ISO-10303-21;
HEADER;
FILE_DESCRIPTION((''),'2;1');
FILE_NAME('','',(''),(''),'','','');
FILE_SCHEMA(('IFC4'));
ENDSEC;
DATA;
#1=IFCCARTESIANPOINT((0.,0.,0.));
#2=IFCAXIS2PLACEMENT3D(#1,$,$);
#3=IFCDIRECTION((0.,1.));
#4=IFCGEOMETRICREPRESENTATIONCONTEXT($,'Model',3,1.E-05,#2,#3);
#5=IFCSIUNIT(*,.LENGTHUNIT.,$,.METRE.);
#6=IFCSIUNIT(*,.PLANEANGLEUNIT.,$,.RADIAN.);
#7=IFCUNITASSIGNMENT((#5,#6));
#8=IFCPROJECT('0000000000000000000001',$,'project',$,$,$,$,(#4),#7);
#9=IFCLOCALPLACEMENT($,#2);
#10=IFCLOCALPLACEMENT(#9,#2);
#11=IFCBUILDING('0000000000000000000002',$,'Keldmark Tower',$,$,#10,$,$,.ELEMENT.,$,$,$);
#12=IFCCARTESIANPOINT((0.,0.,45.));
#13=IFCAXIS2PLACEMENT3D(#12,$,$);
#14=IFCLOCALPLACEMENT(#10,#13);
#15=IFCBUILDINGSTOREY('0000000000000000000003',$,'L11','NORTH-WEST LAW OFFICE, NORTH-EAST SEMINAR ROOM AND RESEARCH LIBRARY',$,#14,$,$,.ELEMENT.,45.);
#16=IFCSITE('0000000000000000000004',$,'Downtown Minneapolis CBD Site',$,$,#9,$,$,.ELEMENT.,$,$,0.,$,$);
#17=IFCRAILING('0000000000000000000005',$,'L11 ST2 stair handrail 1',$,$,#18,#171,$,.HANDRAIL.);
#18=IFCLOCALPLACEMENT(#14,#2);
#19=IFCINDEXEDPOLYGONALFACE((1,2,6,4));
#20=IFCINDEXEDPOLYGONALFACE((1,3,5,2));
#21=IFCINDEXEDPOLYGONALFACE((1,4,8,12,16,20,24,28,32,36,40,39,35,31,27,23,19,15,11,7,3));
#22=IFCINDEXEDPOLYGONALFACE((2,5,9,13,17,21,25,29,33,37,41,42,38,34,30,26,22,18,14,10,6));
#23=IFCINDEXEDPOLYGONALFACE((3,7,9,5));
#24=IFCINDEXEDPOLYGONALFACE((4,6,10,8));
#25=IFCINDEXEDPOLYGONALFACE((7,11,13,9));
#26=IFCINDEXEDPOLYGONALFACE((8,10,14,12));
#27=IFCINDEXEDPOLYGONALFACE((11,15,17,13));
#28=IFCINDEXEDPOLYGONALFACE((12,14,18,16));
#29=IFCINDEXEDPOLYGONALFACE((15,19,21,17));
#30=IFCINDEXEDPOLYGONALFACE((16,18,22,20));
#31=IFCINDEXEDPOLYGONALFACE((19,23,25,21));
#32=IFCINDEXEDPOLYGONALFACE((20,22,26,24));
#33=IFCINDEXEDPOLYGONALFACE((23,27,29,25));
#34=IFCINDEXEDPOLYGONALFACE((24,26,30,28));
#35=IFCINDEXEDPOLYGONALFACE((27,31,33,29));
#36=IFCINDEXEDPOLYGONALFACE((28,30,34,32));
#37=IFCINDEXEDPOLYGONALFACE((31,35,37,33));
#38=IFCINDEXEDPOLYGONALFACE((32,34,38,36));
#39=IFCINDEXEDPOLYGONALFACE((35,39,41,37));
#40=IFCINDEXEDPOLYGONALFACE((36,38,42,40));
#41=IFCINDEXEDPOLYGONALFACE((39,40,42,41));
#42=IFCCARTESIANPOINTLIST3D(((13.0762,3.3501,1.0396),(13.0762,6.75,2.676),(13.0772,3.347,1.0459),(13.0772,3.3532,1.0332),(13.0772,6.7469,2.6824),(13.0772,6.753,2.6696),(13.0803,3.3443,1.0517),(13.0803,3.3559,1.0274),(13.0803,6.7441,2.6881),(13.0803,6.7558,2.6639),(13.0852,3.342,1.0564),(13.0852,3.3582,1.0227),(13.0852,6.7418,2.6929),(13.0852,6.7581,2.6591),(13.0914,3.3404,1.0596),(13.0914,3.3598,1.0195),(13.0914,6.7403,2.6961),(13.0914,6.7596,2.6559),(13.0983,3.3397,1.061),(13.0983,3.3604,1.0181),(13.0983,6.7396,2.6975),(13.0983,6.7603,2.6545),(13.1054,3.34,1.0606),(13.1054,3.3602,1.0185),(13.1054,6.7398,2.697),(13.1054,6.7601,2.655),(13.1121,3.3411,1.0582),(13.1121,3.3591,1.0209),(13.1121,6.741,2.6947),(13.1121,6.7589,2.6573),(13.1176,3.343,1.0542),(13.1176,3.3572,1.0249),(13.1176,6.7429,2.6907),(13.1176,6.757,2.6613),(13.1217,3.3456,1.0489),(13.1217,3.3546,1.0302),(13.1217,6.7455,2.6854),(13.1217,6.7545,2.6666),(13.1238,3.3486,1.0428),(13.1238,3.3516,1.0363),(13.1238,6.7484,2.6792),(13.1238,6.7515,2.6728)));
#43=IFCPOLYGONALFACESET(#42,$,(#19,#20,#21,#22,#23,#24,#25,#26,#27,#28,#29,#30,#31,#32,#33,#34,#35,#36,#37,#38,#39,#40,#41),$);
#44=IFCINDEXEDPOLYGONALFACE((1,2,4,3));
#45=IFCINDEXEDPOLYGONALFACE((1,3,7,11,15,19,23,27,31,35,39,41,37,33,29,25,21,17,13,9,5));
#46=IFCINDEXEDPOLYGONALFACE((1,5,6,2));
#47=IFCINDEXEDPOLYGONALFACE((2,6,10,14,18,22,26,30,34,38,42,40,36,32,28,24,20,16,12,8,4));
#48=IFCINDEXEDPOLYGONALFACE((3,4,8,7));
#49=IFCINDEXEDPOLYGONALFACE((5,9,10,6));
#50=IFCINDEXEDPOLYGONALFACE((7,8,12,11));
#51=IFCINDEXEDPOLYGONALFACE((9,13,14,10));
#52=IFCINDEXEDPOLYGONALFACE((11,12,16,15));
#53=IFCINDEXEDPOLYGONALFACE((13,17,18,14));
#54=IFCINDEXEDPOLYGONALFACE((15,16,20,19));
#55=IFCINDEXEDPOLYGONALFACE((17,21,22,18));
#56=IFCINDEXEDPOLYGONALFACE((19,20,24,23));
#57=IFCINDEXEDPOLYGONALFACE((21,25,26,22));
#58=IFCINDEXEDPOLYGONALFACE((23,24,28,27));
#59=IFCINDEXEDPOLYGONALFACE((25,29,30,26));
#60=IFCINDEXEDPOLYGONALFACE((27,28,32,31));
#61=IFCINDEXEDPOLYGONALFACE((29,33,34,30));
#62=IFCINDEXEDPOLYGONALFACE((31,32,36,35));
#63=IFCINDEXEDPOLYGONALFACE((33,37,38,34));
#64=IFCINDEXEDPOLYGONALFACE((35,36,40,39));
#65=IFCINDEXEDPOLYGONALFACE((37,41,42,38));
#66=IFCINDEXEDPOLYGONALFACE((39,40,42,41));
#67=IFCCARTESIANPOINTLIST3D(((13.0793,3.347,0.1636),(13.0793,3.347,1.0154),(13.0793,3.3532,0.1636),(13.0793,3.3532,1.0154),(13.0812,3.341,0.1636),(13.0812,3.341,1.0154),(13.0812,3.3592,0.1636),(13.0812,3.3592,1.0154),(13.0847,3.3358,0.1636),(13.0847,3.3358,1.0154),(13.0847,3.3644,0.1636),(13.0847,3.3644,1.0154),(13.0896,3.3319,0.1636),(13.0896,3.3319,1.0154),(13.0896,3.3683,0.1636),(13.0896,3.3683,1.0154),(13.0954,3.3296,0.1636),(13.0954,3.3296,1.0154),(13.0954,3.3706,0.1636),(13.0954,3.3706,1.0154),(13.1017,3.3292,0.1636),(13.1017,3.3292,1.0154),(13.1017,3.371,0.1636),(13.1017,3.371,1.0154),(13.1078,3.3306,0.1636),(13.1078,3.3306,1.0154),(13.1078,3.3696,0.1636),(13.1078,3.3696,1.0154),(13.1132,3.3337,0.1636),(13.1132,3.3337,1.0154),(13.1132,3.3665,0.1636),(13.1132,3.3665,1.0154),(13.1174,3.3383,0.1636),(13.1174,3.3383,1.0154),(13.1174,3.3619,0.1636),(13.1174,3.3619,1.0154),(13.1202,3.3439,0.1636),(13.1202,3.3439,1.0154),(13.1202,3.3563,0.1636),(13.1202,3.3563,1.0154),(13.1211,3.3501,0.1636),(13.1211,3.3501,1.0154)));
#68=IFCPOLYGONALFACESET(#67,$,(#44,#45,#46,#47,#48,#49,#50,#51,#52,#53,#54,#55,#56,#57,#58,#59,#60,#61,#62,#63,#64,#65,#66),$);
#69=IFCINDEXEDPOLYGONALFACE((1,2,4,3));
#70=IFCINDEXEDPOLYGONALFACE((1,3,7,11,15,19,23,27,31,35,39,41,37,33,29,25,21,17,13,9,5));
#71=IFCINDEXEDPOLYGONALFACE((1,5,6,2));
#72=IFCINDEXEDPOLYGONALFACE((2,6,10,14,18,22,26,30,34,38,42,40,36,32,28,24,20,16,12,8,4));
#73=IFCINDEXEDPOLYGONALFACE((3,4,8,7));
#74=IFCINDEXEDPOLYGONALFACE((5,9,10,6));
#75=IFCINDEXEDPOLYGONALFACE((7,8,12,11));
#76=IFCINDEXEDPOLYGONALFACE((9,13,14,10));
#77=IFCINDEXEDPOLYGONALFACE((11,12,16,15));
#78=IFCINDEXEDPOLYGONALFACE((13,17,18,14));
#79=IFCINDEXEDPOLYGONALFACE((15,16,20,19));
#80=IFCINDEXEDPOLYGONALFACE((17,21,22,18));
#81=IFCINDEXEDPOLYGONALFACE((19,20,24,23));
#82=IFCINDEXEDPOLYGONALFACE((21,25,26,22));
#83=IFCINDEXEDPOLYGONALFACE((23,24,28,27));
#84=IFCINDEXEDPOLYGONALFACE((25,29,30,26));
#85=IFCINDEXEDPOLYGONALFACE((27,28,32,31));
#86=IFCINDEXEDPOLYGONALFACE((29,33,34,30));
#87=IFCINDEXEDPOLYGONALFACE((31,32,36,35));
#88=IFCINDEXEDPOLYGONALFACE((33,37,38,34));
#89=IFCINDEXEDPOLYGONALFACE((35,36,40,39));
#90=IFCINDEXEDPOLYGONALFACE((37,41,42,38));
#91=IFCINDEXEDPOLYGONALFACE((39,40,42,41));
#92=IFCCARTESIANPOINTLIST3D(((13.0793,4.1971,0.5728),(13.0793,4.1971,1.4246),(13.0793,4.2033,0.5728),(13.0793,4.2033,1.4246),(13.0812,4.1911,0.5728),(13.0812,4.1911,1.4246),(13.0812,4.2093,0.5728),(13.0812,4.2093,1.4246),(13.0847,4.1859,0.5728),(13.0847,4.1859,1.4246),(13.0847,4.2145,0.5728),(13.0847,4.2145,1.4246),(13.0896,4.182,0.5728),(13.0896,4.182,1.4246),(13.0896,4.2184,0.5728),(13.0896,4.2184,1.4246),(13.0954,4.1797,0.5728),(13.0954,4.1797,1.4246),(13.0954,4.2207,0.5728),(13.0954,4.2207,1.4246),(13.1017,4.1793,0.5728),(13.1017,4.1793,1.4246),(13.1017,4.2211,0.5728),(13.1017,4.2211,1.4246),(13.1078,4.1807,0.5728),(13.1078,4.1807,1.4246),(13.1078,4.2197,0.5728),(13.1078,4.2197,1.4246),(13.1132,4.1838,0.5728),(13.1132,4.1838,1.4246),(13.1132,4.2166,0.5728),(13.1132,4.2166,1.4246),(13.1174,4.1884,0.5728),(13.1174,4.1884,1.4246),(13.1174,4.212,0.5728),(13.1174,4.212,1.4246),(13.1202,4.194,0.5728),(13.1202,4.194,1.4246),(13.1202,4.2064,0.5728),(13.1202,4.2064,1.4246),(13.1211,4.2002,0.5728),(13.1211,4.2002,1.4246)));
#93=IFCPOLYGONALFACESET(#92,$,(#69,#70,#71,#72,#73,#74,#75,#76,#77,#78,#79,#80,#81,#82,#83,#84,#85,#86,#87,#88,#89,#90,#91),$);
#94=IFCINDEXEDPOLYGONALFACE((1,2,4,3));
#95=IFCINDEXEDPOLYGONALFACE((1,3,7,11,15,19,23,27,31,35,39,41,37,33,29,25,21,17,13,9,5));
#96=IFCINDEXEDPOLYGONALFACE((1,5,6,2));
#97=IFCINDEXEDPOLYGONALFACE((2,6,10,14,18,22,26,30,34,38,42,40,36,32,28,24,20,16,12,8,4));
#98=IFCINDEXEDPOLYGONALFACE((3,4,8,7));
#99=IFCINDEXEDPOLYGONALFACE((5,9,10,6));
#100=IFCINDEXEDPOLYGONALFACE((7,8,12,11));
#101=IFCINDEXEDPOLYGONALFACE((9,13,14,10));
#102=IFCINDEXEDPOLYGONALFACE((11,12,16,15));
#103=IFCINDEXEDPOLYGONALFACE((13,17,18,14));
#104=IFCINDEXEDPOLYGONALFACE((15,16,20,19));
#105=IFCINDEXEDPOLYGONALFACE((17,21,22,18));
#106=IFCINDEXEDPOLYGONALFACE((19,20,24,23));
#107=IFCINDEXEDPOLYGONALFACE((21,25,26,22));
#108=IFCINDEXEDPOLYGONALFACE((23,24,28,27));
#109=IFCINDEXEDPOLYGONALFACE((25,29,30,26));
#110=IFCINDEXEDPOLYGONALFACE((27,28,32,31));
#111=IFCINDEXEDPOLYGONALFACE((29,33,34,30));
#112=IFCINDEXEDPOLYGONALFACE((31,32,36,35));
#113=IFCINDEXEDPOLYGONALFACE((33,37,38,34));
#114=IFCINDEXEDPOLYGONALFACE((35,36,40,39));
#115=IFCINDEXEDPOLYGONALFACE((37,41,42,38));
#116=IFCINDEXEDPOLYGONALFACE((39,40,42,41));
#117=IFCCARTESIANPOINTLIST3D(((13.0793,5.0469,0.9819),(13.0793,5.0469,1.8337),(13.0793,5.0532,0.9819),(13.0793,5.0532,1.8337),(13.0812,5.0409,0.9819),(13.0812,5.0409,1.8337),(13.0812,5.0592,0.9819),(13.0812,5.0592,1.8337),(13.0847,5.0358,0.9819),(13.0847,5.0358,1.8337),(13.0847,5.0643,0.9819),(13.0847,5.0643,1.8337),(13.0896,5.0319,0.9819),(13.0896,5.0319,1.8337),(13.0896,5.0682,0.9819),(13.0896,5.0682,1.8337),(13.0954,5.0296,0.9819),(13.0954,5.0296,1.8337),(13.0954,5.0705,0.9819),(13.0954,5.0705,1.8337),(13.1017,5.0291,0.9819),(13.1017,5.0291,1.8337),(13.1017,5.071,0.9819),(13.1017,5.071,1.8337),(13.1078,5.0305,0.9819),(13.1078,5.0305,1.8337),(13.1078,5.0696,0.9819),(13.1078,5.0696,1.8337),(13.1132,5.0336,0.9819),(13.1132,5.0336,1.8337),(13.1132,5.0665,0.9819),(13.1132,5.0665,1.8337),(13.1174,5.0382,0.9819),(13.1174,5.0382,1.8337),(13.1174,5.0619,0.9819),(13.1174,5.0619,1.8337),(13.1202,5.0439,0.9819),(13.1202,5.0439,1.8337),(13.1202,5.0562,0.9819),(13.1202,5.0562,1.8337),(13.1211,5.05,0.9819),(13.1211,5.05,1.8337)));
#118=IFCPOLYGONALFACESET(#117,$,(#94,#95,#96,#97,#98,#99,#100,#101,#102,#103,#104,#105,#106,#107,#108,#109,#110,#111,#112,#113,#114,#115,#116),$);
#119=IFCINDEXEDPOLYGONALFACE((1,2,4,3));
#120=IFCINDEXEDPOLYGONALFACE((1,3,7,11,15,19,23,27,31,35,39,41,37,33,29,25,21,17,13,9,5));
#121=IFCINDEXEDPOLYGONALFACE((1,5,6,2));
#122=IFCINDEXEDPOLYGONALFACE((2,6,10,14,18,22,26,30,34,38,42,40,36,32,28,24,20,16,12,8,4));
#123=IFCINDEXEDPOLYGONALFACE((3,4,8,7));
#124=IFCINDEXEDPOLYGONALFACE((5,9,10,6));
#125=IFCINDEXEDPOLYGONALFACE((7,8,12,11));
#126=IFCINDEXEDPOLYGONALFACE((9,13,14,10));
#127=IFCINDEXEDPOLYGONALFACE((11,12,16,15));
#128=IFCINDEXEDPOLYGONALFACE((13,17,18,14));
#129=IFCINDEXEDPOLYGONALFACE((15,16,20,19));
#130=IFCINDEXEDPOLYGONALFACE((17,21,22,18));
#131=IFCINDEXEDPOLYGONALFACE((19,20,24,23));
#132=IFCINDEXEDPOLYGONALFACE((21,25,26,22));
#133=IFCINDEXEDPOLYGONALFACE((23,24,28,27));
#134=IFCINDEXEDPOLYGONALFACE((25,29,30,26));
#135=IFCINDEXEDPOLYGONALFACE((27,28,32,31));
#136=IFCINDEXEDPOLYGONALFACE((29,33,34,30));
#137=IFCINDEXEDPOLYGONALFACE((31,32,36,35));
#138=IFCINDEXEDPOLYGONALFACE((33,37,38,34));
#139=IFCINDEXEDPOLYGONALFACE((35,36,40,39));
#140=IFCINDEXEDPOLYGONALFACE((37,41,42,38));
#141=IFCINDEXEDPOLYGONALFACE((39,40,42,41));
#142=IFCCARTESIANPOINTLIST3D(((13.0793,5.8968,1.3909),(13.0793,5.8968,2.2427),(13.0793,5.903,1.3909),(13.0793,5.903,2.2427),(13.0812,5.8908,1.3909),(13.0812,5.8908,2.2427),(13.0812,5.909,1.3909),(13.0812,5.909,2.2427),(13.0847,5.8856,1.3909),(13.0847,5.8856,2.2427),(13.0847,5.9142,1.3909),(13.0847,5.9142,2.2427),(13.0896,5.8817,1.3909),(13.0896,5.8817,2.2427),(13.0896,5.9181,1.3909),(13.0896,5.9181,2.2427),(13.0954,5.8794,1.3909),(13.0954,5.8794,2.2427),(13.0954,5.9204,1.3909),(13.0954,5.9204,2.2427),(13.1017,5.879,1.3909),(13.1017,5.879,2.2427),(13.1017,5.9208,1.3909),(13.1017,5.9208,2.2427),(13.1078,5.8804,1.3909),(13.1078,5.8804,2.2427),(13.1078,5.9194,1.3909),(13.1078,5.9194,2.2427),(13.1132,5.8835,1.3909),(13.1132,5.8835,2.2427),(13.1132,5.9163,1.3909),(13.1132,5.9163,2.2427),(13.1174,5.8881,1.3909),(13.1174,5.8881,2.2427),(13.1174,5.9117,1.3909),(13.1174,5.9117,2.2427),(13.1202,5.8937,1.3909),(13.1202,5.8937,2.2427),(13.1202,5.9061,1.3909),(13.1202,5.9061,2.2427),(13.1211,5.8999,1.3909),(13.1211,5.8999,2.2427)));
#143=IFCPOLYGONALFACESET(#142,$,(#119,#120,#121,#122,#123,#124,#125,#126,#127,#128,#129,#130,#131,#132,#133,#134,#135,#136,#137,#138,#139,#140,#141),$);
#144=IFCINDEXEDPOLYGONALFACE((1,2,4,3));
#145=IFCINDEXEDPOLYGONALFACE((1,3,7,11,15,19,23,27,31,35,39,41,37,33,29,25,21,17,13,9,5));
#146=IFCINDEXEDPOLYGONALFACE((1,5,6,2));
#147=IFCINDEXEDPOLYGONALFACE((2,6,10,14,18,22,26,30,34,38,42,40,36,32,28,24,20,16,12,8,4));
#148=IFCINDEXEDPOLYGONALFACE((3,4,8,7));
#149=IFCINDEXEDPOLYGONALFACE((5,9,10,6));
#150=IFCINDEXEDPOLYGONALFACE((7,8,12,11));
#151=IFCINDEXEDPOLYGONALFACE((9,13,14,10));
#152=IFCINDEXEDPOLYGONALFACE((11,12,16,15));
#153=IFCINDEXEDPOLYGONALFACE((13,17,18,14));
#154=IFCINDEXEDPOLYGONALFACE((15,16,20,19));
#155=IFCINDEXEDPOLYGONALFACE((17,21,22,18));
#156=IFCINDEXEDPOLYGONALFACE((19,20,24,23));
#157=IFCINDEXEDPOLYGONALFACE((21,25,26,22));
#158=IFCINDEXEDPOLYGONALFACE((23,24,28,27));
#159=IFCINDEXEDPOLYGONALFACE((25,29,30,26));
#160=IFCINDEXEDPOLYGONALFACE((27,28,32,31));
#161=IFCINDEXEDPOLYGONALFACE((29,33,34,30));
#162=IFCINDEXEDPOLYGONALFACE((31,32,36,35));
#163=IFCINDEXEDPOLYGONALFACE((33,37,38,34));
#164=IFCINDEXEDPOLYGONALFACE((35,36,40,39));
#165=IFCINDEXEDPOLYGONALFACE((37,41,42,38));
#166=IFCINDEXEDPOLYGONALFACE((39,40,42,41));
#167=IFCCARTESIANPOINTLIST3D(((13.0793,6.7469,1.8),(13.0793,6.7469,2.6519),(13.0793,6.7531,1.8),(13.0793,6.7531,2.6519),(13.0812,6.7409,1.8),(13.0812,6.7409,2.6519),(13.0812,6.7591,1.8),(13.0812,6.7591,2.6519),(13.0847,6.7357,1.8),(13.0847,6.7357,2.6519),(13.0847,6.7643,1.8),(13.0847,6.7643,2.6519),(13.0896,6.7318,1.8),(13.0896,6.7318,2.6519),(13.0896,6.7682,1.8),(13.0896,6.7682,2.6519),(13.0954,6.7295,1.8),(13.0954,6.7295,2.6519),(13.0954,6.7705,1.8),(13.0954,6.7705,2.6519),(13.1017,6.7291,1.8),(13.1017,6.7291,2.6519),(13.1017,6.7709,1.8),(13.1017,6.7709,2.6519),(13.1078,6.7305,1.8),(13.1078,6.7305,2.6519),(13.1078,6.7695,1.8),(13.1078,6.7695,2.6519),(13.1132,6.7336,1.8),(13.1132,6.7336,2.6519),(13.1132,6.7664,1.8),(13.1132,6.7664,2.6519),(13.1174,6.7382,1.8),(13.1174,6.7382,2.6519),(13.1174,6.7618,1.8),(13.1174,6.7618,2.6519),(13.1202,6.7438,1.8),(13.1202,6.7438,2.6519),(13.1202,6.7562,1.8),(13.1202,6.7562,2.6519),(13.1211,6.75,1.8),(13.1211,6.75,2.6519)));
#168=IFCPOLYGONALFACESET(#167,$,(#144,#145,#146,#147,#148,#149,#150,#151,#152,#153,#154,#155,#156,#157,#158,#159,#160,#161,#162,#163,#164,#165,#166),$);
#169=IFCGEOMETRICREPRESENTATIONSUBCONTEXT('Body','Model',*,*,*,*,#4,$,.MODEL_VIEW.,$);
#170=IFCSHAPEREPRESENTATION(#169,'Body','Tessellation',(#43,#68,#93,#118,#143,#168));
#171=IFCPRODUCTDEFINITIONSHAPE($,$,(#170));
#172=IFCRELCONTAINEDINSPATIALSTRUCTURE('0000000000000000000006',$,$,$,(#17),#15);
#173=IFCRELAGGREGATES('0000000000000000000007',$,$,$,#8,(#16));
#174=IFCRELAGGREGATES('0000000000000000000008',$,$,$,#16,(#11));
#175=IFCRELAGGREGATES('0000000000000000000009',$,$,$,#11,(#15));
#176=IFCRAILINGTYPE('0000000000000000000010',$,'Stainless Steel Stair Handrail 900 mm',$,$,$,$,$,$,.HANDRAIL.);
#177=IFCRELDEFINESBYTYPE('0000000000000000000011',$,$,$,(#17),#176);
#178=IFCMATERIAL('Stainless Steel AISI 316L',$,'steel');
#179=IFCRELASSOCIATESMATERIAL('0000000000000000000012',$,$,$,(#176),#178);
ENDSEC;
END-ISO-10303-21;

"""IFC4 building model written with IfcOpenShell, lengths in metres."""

from ifc_helpers import new_model, si_unit, direction, frame, origin, origin_2d, place, context, subcontext, project, spatial, circle, extrude, material, type_object, element, save


model = new_model("IFC4")

# Units and contexts
model_context = context("Model", 3, precision=1e-05, world=origin(), true_north=direction((0.0, 1.0)))
body_context = subcontext(model_context, "Body", "Model", "MODEL_VIEW")
ifc_project = project(units=[si_unit("LENGTHUNIT", "METRE"), si_unit("PLANEANGLEUNIT", "RADIAN")], contexts=[model_context])

# Site, building, storey
site_placement = place(None, origin())
site = spatial("IfcSite", under=ifc_project, at=site_placement, Name="Downtown Minneapolis CBD Site", CompositionType="ELEMENT", RefElevation=0.0)
building_placement = place(site_placement, origin())
building = spatial("IfcBuilding", under=site, at=building_placement, Name="Keldmark Tower", CompositionType="ELEMENT")
storey_placement = place(building_placement, frame((0.0, 0.0, 45.0)))
storey = spatial("IfcBuildingStorey", under=building, at=storey_placement, Name="L11", Description="NORTH-WEST LAW OFFICE, NORTH-EAST SEMINAR ROOM AND RESEARCH LIBRARY", CompositionType="ELEMENT", Elevation=45.0)

# Railing
ifc_material_1 = material(Name="Stainless Steel AISI 316L", Category="steel")
railing_type_1 = type_object("IfcRailingType", Name="Stainless Steel Stair Handrail 900 mm", PredefinedType="HANDRAIL", material=ifc_material_1)
railing_1_placement = place(storey_placement, frame((13.1001, 3.3501, 0.1636)))
element("IfcRailing", 1, at=railing_1_placement, inside=storey, type_object=railing_type_1, Name="L11 ST2 stair handrail 1", PredefinedType="HANDRAIL", context=body_context, shape_type="SweptSolid", body=[
    extrude(circle(Radius=0.0239, at=origin_2d()), frame((0.0, 0.0, 0.876), z_axis=(0.0, 0.901055, 0.433705), x_axis=(-1.0, 0.0, 0.0)), (0.0, 0.0, 1.0), 3.7732),
    extrude(circle(Radius=0.021, at=origin_2d()), origin(), (0.0, 0.0, 1.0), 0.8518),
    extrude(circle(Radius=0.021, at=origin_2d()), frame((0.0, 0.8501, 0.4092)), (0.0, 0.0, 1.0), 0.8518),
    extrude(circle(Radius=0.021, at=origin_2d()), frame((0.0, 1.7, 0.8184)), (0.0, 0.0, 1.0), 0.8518),
    extrude(circle(Radius=0.021, at=origin_2d()), frame((0.0, 2.5498, 1.2273)), (0.0, 0.0, 1.0), 0.8518),
    extrude(circle(Radius=0.021, at=origin_2d()), frame((0.0, 3.3999, 1.6365)), (0.0, 0.0, 1.0), 0.8518),
])

save(model, "model.ifc")
